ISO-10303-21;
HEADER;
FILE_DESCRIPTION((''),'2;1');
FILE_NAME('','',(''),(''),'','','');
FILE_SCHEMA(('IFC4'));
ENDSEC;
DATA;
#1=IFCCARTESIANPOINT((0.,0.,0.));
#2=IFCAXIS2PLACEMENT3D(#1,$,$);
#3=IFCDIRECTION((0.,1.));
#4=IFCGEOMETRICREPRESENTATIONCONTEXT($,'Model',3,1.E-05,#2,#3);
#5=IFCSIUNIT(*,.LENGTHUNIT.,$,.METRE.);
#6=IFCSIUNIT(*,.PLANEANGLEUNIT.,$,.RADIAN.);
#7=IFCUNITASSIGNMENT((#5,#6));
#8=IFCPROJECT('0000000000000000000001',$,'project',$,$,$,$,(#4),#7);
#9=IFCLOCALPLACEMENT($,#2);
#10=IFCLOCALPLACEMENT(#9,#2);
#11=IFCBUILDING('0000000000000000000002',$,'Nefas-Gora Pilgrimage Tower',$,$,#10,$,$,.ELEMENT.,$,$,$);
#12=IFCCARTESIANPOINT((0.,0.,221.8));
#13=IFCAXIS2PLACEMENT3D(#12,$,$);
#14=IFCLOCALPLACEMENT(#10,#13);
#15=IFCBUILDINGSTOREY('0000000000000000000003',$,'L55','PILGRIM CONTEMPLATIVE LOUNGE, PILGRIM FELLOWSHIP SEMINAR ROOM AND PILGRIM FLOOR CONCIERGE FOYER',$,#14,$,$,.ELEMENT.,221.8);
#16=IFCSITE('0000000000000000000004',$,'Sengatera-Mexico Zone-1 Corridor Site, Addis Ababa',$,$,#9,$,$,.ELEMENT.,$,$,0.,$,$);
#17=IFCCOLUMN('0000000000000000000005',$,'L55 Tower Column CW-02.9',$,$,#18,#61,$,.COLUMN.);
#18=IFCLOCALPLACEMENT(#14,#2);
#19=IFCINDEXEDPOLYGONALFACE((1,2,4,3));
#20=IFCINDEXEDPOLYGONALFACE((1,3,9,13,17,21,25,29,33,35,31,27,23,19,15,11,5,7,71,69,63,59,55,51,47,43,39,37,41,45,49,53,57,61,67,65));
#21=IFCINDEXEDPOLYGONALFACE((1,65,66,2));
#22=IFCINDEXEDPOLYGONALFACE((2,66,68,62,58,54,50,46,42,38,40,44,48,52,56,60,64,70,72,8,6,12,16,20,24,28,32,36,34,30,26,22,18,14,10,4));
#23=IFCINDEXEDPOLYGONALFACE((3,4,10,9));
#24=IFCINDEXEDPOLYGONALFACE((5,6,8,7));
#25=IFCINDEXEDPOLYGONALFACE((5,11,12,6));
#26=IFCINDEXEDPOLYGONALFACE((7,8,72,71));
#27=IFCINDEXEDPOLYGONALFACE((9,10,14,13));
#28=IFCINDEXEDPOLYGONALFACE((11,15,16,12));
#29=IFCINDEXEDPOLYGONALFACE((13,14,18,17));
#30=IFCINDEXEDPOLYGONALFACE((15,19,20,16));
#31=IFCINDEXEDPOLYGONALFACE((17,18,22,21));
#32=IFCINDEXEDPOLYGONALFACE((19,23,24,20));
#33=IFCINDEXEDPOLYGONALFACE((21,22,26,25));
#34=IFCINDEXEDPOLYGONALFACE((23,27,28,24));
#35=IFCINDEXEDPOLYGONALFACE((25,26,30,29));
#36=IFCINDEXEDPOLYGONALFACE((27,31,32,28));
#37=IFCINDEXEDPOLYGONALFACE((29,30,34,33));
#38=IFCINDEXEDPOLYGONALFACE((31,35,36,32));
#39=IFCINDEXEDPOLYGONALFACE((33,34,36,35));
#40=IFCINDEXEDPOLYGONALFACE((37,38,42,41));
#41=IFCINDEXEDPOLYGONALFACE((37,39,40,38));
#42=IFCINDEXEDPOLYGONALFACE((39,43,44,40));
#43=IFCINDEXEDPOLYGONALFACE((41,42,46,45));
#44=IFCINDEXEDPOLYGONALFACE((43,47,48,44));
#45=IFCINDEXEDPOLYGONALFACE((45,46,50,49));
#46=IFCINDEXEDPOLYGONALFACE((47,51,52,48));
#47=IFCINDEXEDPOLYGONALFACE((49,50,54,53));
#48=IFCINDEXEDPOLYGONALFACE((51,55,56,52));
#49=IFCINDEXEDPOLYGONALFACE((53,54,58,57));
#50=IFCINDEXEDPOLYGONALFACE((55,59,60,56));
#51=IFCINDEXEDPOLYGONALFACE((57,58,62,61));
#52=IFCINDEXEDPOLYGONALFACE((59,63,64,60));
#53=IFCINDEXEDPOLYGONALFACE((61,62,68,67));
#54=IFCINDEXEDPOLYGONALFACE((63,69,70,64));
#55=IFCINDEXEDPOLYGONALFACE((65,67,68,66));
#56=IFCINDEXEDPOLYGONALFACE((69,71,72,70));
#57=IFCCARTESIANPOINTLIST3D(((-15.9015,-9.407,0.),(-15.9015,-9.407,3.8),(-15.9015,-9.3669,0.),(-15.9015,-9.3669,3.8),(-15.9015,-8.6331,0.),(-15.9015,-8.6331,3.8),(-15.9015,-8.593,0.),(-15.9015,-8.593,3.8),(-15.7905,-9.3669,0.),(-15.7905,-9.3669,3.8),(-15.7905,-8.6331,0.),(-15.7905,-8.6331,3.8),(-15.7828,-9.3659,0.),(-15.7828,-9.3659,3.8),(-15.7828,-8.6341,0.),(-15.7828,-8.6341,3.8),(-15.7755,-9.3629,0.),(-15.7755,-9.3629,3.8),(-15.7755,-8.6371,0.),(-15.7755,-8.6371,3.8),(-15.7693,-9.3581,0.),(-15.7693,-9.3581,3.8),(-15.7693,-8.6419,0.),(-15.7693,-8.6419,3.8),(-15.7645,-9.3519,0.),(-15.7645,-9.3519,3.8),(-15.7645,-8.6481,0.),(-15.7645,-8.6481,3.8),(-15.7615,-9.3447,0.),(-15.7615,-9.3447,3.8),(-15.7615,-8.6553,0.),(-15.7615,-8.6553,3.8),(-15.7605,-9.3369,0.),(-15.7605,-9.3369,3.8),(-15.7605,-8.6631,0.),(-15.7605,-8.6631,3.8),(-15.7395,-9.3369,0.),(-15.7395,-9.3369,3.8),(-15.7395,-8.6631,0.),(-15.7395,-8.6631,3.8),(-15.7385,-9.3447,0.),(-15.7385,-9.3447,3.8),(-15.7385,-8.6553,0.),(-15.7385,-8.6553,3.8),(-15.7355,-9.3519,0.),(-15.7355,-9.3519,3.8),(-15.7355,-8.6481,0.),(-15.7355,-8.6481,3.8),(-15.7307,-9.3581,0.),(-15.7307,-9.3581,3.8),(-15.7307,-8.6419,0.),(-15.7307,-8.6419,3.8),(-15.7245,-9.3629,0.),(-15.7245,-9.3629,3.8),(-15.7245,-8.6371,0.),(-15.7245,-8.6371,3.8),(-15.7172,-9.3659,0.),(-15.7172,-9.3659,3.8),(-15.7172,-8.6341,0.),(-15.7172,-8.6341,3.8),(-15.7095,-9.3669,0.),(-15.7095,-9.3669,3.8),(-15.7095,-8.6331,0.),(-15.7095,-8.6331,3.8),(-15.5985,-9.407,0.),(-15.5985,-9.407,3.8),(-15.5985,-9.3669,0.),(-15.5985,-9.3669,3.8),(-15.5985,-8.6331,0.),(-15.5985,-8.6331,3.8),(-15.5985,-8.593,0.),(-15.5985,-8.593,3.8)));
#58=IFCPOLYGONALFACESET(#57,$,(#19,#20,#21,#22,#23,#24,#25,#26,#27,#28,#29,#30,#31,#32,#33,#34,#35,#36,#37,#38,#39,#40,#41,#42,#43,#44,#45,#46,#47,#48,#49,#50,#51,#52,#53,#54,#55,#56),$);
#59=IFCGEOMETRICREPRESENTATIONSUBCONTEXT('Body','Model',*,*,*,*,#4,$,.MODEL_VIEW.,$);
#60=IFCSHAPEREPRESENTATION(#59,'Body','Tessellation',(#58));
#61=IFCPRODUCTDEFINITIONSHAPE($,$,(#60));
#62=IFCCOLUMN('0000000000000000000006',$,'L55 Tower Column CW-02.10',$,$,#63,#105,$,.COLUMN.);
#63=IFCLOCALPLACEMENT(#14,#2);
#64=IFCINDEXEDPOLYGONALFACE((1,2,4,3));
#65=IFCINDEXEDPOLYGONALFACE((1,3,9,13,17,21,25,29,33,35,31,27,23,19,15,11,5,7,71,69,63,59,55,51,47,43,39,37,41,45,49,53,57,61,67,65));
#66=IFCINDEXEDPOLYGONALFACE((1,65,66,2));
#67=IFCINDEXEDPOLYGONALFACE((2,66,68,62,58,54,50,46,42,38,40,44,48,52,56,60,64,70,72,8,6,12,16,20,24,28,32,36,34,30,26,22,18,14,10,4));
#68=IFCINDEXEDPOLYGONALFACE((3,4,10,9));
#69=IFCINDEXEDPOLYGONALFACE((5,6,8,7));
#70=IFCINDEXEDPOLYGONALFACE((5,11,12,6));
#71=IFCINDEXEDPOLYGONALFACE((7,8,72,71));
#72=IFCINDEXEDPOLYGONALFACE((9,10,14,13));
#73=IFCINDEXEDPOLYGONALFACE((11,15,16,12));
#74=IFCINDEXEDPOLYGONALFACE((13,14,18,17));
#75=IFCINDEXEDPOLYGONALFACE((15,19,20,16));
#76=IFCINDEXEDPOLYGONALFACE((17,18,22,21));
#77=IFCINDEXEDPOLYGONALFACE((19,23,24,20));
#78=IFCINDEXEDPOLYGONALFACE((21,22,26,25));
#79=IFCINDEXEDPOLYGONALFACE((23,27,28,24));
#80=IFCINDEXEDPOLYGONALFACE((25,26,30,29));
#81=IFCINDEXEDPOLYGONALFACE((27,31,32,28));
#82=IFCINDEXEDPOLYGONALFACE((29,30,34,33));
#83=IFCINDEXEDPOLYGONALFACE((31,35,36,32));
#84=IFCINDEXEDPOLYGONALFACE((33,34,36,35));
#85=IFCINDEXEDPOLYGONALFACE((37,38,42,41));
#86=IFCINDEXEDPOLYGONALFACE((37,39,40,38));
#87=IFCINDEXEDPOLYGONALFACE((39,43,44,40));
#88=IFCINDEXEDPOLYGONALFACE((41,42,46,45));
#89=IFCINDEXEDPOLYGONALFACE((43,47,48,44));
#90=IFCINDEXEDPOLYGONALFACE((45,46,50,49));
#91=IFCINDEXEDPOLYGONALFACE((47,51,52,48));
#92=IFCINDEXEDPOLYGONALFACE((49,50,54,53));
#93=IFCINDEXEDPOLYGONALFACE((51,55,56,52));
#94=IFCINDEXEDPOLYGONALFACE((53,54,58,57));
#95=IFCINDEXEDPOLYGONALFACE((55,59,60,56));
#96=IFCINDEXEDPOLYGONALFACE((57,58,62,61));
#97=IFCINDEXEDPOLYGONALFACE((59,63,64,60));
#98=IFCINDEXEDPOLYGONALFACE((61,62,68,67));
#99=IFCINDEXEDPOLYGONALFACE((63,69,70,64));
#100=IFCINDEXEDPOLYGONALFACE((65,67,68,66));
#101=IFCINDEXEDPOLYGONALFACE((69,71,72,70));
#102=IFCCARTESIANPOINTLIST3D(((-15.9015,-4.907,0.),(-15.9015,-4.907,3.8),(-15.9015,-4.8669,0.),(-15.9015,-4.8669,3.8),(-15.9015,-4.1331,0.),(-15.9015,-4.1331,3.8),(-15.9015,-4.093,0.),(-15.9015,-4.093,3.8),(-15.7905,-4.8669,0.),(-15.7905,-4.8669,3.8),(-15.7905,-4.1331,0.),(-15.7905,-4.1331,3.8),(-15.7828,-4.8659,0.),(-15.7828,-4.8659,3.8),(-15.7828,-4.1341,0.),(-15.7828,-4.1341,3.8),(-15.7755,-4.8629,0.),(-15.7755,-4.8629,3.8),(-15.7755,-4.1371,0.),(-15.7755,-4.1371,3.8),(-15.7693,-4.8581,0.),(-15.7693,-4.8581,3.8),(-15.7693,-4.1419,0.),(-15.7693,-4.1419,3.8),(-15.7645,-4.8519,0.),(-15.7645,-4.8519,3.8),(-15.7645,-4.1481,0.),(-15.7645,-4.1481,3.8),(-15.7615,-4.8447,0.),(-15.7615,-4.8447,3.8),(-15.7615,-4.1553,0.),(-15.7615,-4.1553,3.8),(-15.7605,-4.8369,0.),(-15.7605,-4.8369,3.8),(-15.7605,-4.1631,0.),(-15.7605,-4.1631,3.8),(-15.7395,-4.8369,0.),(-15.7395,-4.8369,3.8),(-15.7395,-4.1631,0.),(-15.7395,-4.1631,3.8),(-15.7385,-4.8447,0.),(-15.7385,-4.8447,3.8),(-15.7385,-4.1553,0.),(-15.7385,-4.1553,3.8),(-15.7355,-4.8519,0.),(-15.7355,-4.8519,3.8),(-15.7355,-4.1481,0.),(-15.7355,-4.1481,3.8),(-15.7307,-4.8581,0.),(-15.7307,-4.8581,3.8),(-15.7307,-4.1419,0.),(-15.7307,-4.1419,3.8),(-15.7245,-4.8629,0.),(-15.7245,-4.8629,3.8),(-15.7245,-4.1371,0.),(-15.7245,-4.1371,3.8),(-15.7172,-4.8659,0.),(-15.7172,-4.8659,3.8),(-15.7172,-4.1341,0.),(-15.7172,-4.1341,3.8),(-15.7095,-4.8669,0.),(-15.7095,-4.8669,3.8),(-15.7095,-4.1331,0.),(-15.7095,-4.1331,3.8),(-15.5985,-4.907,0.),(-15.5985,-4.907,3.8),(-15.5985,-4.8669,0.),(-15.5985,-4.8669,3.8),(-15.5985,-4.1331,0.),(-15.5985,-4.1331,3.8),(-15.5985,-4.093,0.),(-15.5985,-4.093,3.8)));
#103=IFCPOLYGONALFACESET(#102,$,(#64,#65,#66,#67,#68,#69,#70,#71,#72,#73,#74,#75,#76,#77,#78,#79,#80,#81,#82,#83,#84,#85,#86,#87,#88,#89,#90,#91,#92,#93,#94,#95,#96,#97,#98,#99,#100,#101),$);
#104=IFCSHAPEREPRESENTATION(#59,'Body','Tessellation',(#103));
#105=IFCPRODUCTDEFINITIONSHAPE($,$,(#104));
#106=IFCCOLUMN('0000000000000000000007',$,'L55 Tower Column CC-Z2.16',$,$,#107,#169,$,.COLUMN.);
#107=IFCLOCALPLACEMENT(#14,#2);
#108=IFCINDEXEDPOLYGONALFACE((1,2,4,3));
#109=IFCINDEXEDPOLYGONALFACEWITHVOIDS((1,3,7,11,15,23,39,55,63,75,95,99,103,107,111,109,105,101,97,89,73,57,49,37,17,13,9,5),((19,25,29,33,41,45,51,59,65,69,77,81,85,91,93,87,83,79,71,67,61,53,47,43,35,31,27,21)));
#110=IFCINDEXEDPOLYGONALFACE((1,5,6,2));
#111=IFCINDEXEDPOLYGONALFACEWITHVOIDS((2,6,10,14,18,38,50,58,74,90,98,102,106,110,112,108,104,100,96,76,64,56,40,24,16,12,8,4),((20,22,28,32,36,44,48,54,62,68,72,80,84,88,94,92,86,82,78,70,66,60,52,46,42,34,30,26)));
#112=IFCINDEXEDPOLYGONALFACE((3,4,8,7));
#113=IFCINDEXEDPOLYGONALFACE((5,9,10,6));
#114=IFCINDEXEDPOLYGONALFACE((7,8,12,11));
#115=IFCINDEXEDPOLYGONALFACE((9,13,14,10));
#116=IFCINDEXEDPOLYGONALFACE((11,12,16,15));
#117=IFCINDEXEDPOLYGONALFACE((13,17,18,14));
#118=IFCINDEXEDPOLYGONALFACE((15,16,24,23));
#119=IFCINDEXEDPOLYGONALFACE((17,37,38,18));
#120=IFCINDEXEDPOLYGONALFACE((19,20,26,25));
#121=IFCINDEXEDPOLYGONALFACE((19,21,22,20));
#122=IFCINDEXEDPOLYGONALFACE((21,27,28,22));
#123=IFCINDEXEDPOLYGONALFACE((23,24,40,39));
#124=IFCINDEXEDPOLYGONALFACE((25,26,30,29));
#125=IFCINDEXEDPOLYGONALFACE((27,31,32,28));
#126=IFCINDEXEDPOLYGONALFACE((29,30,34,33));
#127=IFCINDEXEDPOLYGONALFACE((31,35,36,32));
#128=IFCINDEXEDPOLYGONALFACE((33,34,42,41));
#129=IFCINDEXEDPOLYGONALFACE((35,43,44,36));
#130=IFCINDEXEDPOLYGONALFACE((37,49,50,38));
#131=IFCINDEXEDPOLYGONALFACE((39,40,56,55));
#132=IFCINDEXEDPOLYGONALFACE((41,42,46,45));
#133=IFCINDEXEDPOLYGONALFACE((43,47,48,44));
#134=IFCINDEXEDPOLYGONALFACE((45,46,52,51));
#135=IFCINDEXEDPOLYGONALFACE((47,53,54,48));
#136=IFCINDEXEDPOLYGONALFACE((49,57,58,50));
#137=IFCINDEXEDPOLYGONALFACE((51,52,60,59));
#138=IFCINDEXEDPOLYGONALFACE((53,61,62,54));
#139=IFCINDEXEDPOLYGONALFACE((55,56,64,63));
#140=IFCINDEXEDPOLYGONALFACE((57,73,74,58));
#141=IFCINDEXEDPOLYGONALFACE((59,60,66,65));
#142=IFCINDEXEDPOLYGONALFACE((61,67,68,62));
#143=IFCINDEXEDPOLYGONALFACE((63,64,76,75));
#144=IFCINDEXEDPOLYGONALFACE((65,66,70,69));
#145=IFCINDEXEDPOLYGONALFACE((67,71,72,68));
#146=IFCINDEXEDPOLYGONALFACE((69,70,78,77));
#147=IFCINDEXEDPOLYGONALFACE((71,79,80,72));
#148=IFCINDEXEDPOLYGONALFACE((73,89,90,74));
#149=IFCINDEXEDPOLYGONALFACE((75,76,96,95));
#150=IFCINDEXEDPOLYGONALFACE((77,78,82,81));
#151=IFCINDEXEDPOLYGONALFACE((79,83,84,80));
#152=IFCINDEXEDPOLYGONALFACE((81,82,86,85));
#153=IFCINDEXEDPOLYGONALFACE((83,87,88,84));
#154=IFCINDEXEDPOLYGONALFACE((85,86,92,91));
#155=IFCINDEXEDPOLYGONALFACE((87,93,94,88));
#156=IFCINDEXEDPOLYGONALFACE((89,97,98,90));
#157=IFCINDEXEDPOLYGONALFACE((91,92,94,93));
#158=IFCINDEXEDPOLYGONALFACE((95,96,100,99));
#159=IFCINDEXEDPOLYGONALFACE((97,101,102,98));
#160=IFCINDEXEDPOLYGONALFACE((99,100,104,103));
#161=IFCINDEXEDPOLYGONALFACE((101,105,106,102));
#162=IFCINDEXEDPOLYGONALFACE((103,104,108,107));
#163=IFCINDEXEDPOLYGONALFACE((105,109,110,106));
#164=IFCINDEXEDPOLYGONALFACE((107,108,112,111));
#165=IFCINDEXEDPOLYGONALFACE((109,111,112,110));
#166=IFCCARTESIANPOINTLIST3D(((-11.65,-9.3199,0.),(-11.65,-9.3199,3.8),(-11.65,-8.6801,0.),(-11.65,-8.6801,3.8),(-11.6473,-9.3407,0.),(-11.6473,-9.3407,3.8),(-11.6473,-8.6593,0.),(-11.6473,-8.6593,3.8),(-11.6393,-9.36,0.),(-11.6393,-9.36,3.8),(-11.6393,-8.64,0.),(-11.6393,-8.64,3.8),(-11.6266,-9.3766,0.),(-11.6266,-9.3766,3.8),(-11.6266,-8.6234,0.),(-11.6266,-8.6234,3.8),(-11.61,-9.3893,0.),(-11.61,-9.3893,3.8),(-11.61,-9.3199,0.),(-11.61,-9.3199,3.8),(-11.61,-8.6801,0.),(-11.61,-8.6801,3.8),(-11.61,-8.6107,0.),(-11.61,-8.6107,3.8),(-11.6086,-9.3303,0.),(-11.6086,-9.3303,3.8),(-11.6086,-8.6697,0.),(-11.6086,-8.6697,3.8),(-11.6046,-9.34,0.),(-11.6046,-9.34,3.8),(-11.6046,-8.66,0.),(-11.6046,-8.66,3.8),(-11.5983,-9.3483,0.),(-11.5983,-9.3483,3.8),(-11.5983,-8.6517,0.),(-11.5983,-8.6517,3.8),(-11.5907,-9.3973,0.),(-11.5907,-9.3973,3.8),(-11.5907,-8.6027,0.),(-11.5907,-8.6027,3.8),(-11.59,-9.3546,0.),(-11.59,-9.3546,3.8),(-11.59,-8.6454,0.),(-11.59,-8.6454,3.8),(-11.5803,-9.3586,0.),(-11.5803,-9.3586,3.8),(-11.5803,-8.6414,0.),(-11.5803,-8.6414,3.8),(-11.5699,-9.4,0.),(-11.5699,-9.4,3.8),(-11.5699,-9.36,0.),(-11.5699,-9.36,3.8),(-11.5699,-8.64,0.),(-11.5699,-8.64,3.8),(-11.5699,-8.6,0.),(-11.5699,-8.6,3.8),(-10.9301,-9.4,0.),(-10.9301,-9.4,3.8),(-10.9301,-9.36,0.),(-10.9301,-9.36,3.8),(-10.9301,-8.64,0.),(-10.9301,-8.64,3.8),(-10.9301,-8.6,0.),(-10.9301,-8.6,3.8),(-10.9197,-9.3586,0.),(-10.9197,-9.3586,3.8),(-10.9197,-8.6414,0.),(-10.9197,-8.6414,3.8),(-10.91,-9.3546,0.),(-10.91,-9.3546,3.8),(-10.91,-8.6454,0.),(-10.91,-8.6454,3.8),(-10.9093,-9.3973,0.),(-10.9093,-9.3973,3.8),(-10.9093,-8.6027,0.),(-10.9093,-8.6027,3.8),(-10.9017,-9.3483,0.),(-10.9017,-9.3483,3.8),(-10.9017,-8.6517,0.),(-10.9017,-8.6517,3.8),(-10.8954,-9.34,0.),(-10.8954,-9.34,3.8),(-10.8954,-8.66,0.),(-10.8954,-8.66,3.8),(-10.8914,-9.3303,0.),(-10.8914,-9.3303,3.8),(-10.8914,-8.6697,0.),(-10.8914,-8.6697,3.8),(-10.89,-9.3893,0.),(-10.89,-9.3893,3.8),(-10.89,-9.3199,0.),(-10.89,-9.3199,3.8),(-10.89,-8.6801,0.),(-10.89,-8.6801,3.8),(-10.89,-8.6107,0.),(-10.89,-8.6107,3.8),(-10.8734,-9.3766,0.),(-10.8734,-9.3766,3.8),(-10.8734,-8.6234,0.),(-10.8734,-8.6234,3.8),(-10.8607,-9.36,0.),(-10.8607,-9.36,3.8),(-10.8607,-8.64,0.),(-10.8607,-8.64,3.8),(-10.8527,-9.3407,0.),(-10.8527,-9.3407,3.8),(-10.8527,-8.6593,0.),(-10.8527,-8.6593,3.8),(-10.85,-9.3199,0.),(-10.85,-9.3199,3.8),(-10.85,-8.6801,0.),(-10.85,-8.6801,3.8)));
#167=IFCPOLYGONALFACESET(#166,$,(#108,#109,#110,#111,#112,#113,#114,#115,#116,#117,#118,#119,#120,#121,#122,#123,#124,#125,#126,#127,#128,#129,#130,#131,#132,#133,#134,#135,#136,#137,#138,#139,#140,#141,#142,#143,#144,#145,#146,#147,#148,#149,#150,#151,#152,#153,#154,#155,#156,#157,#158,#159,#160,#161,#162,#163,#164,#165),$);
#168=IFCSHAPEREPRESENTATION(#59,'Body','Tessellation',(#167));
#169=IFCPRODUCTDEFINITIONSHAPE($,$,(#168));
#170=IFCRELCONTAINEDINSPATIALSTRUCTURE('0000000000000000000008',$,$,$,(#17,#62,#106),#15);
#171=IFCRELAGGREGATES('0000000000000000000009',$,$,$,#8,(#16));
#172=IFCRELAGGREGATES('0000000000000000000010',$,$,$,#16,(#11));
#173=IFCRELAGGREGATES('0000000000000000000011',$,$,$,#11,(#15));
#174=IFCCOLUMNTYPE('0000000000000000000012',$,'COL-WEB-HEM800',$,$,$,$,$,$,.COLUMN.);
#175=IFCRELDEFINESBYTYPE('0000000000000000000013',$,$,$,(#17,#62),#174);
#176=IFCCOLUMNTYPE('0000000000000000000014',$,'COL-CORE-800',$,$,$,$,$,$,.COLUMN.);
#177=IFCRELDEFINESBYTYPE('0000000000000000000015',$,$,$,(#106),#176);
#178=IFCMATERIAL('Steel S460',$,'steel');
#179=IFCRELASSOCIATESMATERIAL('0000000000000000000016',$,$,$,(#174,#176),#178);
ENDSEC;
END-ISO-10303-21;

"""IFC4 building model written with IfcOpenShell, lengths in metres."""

from ifc_helpers import new_model, si_unit, direction, frame, origin, origin_2d, place, context, subcontext, project, spatial, hollow_rectangle, i_section, extrude, source, transform, mapped, material, material_profile, profile_set, type_object, element, save


model = new_model("IFC4")

# Units and contexts
model_context = context("Model", 3, precision=1e-05, world=origin(), true_north=direction((0.0, 1.0)))
body_context = subcontext(model_context, "Body", "Model", "MODEL_VIEW")
ifc_project = project(units=[si_unit("LENGTHUNIT", "METRE"), si_unit("PLANEANGLEUNIT", "RADIAN")], contexts=[model_context])

# Site, building, storey
site_placement = place(None, origin())
site = spatial("IfcSite", under=ifc_project, at=site_placement, Name="Sengatera-Mexico Zone-1 Corridor Site, Addis Ababa", CompositionType="ELEMENT", RefElevation=0.0)
building_placement = place(site_placement, origin())
building = spatial("IfcBuilding", under=site, at=building_placement, Name="Nefas-Gora Pilgrimage Tower", CompositionType="ELEMENT")
storey_placement = place(building_placement, frame((0.0, 0.0, 221.8)))
storey = spatial("IfcBuildingStorey", under=building, at=storey_placement, Name="L55", Description="PILGRIM CONTEMPLATIVE LOUNGE, PILGRIM FELLOWSHIP SEMINAR ROOM AND PILGRIM FLOOR CONCIERGE FOYER", CompositionType="ELEMENT", Elevation=221.8)

# Columns
ifc_material_1 = material(Name="Steel S460", Category="steel")
ifc_material_profile_1 = material_profile(ifc_material_1, i_section(OverallWidth=0.303, OverallDepth=0.814, WebThickness=0.021, FlangeThickness=0.04, FilletRadius=0.03, at=origin_2d()), Name="HEM 800")
ifc_profile_set_1 = profile_set([ifc_material_profile_1], Name="Steel S460")
column_type_1 = type_object("IfcColumnType", Name="COL-WEB-HEM800", PredefinedType="COLUMN", material=ifc_profile_set_1)
shared_shape_1 = source(origin(), body_context, "Body", "SweptSolid", [
    extrude(i_section(OverallWidth=0.303, OverallDepth=0.814, WebThickness=0.021, FlangeThickness=0.04, FilletRadius=0.03, at=origin_2d()), origin(), (0.0, 0.0, 1.0), 3.8),
])
for number, where, z_axis, x_axis, name in (
    (1, (-15.75, -9.0, 0.0), (0.0, 0.0, 1.0), (1.0, 0.0, 0.0), "L55 Tower Column CW-02.9"),
    (2, (-15.75, -4.5, 0.0), (0.0, 0.0, 1.0), (1.0, 0.0, 0.0), "L55 Tower Column CW-02.10"),
):
    element("IfcColumn", number, at=place(storey_placement, frame(where, z_axis=z_axis, x_axis=x_axis)), inside=storey, type_object=column_type_1, Name=name, PredefinedType="COLUMN", context=body_context, shape_type="MappedRepresentation", body=[
        mapped(shared_shape_1, transform((0.0, 0.0, 0.0), x_axis=(1.0, 0.0, 0.0), y_axis=(0.0, 1.0, 0.0), z_axis=(0.0, 0.0, 1.0), scale=1.0)),
    ])
ifc_material_profile_2 = material_profile(ifc_material_1, hollow_rectangle(XDim=0.8, YDim=0.8, WallThickness=0.04, InnerFilletRadius=0.04, OuterFilletRadius=0.0801, at=origin_2d()), Name="BOX 800x800x40")
ifc_profile_set_2 = profile_set([ifc_material_profile_2], Name="Steel S460")
column_type_2 = type_object("IfcColumnType", Name="COL-CORE-800", PredefinedType="COLUMN", material=ifc_profile_set_2)
shared_shape_2 = source(origin(), body_context, "Body", "SweptSolid", [
    extrude(hollow_rectangle(XDim=0.8, YDim=0.8, WallThickness=0.04, InnerFilletRadius=0.04, OuterFilletRadius=0.0801, at=origin_2d()), origin(), (0.0, 0.0, 1.0), 3.8),
])
column_placement = place(storey_placement, frame((-11.25, -9.0, 0.0), z_axis=(0.0, 0.0, 1.0), x_axis=(1.0, 0.0, 0.0)))
element("IfcColumn", 3, at=column_placement, inside=storey, type_object=column_type_2, Name="L55 Tower Column CC-Z2.16", PredefinedType="COLUMN", context=body_context, shape_type="MappedRepresentation", body=[
    mapped(shared_shape_2, transform((0.0, 0.0, 0.0), x_axis=(1.0, 0.0, 0.0), y_axis=(0.0, 1.0, 0.0), z_axis=(0.0, 0.0, 1.0), scale=1.0)),
])

save(model, "model.ifc")
